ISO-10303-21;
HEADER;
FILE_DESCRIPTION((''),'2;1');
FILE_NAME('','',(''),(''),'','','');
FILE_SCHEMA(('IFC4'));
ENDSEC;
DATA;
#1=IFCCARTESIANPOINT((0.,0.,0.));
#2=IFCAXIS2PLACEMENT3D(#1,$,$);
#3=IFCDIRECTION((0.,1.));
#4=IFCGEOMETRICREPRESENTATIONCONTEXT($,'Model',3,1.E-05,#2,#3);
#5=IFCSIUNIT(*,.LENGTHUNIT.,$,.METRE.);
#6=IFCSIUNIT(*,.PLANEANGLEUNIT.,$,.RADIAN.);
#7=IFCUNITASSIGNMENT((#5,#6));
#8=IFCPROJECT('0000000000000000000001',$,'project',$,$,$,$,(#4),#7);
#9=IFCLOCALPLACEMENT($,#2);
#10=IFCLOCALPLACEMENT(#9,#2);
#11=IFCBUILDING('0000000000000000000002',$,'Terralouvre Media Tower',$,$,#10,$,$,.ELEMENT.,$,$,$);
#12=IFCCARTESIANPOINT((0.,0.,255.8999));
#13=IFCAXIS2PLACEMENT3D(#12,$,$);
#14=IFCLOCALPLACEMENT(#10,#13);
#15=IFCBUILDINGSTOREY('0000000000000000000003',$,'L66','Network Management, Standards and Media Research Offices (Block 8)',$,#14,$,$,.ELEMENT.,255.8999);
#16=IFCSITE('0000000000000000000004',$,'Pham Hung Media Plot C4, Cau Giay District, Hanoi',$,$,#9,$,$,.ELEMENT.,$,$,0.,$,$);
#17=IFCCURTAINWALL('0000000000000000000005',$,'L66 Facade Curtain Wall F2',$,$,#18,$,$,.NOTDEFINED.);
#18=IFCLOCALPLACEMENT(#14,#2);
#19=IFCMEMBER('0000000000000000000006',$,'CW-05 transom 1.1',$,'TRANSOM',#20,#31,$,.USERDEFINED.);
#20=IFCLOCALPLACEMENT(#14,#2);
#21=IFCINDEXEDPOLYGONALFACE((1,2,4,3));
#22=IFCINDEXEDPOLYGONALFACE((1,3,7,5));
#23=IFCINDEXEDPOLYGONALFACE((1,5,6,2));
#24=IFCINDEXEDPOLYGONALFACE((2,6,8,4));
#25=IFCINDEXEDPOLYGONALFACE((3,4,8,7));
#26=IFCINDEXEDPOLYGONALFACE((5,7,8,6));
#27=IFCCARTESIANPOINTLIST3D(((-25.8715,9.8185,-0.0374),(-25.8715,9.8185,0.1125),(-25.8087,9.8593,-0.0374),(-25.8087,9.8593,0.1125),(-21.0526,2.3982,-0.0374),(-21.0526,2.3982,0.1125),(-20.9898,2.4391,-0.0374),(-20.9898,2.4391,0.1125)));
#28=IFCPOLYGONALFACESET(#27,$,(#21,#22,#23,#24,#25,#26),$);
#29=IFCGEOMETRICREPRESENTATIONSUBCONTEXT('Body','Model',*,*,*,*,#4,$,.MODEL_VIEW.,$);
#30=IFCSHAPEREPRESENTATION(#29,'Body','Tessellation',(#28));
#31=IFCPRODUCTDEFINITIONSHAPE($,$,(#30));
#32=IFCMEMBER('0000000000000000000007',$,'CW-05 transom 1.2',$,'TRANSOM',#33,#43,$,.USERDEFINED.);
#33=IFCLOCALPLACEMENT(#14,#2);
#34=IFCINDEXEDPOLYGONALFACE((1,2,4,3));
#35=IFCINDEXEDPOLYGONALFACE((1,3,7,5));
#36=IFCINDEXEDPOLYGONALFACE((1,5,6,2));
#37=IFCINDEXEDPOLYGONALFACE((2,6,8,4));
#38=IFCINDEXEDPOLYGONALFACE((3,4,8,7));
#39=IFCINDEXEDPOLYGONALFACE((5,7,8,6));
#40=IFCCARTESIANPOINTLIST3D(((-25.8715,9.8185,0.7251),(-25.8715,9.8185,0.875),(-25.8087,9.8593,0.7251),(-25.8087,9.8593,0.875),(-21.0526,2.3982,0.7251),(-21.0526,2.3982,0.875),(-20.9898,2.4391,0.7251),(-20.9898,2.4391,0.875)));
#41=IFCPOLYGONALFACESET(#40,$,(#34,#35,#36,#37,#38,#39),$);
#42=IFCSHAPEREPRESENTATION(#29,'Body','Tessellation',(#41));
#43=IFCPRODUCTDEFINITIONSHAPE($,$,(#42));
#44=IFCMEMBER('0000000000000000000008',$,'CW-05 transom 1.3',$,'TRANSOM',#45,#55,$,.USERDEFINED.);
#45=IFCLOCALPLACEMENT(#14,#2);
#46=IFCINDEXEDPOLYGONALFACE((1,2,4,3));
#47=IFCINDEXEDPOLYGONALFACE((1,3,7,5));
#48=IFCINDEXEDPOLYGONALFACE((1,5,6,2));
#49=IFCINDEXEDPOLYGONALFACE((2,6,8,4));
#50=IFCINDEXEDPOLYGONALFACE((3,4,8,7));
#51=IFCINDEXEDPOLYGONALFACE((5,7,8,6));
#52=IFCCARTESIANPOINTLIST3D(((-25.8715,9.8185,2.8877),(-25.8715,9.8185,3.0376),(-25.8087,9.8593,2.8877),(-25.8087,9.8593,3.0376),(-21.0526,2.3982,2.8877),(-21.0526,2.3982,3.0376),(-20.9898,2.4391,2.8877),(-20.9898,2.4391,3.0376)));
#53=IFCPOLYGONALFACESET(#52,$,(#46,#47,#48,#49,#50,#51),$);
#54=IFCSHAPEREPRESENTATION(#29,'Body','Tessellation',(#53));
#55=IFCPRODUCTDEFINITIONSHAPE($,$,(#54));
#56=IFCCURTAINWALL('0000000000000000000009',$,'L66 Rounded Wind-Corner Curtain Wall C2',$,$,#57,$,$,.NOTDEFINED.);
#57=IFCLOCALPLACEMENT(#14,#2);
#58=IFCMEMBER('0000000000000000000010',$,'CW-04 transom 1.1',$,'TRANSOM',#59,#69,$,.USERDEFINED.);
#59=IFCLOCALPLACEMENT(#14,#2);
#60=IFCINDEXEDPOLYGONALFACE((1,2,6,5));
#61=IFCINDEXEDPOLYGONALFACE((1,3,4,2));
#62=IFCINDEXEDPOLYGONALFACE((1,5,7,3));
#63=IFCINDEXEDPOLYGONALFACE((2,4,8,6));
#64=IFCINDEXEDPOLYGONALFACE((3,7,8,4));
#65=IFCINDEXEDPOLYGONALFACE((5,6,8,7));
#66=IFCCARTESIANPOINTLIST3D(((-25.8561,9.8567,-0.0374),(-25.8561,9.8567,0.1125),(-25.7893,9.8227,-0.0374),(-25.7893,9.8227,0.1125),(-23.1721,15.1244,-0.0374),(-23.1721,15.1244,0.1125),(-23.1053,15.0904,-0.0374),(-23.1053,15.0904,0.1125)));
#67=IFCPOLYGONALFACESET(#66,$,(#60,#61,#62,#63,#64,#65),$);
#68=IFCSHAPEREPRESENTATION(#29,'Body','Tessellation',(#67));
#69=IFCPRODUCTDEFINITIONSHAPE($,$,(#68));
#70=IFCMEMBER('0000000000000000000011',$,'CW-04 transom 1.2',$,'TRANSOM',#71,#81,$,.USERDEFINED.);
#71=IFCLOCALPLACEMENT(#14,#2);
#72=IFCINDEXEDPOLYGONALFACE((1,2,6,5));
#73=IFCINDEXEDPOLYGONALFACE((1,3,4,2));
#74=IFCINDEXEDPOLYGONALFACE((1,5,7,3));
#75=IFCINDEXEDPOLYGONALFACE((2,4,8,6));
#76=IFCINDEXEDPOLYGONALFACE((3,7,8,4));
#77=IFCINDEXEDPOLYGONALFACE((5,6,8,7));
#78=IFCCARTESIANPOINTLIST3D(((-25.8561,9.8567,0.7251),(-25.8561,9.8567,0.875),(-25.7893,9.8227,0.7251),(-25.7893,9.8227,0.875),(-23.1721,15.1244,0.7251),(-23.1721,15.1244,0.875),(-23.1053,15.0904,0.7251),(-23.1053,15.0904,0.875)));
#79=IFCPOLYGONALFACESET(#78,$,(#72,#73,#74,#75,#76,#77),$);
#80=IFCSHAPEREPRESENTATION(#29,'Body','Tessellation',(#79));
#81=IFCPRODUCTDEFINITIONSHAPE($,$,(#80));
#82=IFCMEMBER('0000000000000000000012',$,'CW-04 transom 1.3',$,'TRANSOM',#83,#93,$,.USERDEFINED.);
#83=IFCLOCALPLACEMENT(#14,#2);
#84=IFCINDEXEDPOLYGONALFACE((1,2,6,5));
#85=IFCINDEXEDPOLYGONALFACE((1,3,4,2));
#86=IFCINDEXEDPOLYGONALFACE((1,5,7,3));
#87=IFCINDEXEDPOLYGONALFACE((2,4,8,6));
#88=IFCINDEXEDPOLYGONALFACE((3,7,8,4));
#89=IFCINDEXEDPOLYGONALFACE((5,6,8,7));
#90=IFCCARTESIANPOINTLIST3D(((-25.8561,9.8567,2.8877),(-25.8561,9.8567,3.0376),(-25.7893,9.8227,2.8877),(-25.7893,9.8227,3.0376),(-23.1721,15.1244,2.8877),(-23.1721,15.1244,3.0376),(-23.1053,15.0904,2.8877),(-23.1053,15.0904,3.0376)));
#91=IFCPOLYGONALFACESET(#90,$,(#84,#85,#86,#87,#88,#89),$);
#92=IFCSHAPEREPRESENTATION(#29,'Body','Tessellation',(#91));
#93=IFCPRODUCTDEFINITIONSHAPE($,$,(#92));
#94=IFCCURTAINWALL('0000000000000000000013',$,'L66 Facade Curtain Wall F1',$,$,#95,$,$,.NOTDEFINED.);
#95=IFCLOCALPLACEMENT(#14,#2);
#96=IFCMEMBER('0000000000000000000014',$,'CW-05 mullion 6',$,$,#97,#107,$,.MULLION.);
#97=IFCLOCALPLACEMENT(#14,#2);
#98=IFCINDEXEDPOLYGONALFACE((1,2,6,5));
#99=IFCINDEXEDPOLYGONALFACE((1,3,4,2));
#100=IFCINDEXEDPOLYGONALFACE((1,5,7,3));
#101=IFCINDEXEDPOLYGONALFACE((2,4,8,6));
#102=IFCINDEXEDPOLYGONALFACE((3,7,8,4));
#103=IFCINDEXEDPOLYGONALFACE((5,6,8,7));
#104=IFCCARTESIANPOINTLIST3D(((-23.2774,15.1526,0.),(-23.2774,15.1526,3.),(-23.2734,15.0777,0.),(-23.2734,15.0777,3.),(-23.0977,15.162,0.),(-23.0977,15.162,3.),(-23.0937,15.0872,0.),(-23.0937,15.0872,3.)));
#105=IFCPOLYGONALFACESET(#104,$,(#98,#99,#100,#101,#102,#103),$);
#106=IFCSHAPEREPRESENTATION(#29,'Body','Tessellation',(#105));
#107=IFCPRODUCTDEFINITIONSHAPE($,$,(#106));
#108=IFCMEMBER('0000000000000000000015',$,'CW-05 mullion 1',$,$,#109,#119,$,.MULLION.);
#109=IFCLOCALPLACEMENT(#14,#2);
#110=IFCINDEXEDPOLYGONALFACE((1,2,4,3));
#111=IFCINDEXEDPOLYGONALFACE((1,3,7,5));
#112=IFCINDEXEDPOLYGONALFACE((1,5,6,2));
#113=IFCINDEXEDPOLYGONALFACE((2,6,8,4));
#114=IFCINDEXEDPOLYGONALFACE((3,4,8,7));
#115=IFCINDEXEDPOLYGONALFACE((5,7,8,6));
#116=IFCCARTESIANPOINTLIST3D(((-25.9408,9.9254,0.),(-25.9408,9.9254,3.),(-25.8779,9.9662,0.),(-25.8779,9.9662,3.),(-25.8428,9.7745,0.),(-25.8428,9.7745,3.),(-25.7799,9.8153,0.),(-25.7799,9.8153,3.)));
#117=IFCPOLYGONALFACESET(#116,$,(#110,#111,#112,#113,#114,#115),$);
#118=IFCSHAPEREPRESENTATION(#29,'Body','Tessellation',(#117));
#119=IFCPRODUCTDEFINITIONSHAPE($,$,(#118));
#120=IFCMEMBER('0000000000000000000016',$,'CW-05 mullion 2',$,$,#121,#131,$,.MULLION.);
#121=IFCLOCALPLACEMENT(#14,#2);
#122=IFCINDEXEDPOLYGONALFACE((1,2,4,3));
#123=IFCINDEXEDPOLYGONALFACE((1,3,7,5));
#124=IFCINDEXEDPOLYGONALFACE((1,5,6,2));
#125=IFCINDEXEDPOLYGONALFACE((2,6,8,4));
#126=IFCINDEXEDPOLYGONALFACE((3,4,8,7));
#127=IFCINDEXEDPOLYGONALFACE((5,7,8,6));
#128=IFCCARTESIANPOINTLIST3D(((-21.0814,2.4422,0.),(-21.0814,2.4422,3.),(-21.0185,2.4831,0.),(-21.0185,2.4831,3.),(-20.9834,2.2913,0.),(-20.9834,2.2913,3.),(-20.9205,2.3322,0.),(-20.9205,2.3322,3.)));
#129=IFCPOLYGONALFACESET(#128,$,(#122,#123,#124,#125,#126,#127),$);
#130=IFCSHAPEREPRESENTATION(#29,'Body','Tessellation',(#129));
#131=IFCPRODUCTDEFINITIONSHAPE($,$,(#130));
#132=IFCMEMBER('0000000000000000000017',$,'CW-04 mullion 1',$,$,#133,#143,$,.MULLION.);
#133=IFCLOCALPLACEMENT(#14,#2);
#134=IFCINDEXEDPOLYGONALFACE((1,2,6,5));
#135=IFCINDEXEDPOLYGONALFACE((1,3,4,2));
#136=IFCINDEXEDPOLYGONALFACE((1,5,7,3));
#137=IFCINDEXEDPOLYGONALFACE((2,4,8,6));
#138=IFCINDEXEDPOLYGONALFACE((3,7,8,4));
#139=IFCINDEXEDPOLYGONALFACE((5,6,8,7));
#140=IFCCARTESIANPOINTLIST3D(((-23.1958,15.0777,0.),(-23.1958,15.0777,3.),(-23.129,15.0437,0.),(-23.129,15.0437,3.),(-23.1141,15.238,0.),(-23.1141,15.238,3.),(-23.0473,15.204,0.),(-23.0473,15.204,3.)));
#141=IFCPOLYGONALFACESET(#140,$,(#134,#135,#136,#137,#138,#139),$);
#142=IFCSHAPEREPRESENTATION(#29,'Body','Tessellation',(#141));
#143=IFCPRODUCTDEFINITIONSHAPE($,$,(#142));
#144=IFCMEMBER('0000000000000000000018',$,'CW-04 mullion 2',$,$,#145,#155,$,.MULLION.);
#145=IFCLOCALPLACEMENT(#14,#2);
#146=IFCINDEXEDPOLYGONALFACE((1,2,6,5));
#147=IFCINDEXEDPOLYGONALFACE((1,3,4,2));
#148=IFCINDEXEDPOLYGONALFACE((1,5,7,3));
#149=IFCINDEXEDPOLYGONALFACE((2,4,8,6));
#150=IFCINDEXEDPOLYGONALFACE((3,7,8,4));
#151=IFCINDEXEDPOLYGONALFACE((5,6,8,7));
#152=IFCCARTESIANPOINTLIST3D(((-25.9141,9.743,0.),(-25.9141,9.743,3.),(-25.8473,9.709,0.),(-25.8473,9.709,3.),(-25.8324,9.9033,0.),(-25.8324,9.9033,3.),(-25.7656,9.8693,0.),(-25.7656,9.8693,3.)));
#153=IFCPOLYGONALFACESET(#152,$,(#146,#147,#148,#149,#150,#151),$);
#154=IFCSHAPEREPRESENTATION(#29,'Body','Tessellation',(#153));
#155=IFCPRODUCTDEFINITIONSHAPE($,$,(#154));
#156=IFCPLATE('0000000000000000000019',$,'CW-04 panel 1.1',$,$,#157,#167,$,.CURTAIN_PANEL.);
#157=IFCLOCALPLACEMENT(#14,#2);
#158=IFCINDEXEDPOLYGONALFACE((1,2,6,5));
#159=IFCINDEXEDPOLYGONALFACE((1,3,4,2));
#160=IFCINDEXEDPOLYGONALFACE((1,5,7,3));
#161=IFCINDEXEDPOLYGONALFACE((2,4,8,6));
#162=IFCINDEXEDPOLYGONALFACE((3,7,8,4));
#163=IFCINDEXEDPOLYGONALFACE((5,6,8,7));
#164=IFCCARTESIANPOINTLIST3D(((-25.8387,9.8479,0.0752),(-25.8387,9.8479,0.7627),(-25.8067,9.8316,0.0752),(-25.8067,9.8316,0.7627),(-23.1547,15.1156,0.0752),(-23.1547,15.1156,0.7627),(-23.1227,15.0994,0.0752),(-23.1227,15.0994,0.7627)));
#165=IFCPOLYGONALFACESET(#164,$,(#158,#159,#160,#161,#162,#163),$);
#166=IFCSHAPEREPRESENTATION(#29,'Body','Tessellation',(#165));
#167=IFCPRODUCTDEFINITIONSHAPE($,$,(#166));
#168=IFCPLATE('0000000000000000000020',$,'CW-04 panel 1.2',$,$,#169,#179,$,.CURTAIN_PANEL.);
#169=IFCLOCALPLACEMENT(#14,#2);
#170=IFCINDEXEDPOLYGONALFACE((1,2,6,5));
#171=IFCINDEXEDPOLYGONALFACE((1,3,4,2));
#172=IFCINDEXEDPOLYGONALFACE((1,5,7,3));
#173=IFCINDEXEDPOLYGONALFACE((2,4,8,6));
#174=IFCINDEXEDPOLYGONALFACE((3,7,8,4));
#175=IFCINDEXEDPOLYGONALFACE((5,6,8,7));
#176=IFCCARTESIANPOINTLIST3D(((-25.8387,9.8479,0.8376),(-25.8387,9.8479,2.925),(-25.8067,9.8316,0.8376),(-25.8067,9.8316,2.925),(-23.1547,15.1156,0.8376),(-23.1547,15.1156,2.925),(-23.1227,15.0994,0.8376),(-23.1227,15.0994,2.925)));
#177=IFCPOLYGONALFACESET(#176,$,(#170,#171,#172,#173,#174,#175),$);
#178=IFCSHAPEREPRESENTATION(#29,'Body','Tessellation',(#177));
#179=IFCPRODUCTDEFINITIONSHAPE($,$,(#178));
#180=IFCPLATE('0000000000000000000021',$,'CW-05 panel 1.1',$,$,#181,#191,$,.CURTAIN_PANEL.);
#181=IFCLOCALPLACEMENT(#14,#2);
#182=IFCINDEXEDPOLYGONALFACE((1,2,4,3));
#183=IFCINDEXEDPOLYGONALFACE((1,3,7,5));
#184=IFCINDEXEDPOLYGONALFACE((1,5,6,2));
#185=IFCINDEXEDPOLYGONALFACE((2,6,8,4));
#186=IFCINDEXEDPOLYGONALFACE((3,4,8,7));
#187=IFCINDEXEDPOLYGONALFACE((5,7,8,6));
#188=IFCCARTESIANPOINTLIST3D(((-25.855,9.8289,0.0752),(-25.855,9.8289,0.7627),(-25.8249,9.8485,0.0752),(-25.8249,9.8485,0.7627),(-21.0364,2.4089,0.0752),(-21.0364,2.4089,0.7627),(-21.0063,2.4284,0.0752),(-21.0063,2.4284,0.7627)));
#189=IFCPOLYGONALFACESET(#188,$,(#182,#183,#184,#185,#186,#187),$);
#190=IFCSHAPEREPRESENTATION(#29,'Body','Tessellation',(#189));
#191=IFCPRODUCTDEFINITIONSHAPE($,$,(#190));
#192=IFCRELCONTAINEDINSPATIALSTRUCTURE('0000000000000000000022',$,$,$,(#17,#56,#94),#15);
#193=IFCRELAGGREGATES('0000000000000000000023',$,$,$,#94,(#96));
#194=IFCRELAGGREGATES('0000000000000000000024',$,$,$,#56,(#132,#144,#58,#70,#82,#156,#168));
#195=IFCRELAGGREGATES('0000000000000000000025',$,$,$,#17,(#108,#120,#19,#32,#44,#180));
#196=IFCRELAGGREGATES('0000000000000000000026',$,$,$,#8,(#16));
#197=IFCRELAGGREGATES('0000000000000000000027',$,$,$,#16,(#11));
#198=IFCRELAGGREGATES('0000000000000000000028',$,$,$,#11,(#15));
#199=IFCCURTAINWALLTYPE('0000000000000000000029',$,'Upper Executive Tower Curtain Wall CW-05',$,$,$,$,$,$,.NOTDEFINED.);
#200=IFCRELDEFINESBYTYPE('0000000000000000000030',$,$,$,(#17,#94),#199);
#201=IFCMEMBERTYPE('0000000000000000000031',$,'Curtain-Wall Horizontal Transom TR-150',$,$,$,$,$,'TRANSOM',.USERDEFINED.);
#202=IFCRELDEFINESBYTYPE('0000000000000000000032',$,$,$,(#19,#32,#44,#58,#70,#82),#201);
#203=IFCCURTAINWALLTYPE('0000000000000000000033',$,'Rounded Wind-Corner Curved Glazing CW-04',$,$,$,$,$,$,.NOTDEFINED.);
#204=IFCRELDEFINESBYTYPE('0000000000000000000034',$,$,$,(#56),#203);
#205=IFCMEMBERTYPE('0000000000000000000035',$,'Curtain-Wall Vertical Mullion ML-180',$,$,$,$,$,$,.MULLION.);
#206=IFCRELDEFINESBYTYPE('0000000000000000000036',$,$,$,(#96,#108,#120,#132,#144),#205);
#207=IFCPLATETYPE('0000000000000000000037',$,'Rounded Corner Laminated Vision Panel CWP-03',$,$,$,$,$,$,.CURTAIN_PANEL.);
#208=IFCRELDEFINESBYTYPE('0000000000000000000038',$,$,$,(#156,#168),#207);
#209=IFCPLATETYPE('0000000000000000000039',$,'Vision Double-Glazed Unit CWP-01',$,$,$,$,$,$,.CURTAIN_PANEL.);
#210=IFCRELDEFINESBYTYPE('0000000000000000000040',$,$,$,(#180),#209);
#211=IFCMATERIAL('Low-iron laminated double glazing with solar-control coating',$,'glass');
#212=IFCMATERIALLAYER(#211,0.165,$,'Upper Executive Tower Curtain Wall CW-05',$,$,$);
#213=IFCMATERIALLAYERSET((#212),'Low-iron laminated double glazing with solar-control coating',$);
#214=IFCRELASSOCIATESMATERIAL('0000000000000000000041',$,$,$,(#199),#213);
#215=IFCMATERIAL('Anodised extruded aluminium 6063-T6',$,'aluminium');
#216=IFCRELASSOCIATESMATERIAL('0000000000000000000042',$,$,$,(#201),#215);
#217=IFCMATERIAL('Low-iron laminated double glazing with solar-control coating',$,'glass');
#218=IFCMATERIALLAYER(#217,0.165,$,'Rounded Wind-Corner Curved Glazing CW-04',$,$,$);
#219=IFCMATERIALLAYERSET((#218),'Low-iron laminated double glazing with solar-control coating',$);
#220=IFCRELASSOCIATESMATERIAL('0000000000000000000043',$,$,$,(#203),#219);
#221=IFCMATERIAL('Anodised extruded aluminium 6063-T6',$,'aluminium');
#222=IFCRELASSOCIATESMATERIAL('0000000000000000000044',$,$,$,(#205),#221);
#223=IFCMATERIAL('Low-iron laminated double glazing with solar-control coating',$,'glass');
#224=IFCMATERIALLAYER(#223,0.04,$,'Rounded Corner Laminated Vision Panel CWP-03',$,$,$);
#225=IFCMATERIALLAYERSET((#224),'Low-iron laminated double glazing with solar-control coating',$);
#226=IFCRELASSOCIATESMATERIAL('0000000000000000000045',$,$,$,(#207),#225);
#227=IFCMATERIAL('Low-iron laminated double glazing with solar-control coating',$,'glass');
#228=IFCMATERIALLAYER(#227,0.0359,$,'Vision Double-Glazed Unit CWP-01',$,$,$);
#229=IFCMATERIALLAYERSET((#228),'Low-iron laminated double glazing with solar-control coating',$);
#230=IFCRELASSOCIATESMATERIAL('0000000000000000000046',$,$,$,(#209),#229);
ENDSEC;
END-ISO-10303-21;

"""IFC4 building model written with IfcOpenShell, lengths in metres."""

from ifc_helpers import new_model, si_unit, direction, frame, origin, origin_2d, place, context, subcontext, project, spatial, rectangle, extrude, material, layer, layer_set, material_profile, profile_set, type_object, element, aggregate, save


model = new_model("IFC4")

# Units and contexts
model_context = context("Model", 3, precision=1e-05, world=origin(), true_north=direction((0.0, 1.0)))
body_context = subcontext(model_context, "Body", "Model", "MODEL_VIEW")
ifc_project = project(units=[si_unit("LENGTHUNIT", "METRE"), si_unit("PLANEANGLEUNIT", "RADIAN")], contexts=[model_context])

# Site, building, storey
site_placement = place(None, origin())
site = spatial("IfcSite", under=ifc_project, at=site_placement, Name="Pham Hung Media Plot C4, Cau Giay District, Hanoi", CompositionType="ELEMENT", RefElevation=0.0)
building_placement = place(site_placement, origin())
building = spatial("IfcBuilding", under=site, at=building_placement, Name="Terralouvre Media Tower", CompositionType="ELEMENT")
storey_placement = place(building_placement, frame((0.0, 0.0, 255.8999)))
storey = spatial("IfcBuildingStorey", under=building, at=storey_placement, Name="L66", Description="Network Management, Standards and Media Research Offices (Block 8)", CompositionType="ELEMENT", Elevation=255.8999)

# Curtain walls, members
ifc_material_1 = material(Name="Low-iron laminated double glazing with solar-control coating", Category="glass")
ifc_layer_1 = layer(ifc_material_1, 0.165, Name="Upper Executive Tower Curtain Wall CW-05")
ifc_layer_set_1 = layer_set([ifc_layer_1], Name="Low-iron laminated double glazing with solar-control coating")
curtain_wall_type_1 = type_object("IfcCurtainWallType", Name="Upper Executive Tower Curtain Wall CW-05", PredefinedType="NOTDEFINED", material=ifc_layer_set_1)
curtain_wall_1_placement = place(storey_placement, origin())
curtain_wall_1 = element("IfcCurtainWall", 1, at=curtain_wall_1_placement, inside=storey, type_object=curtain_wall_type_1, Name="L66 Facade Curtain Wall F2", PredefinedType="NOTDEFINED")
ifc_material_2 = material(Name="Anodised extruded aluminium 6063-T6", Category="aluminium")
ifc_material_profile_1 = material_profile(ifc_material_2, rectangle(XDim=0.075, YDim=0.1499, at=origin_2d()), Name="ALU 75x150")
ifc_profile_set_1 = profile_set([ifc_material_profile_1], Name="Anodised extruded aluminium 6063-T6")
member_type_1 = type_object("IfcMemberType", Name="Curtain-Wall Horizontal Transom TR-150", ElementType="TRANSOM", PredefinedType="USERDEFINED", material=ifc_profile_set_1)
member_1_placement = place(storey_placement, frame((-25.8401, 9.8389, 0.0376), z_axis=(0.54465, -0.838664, 0.0), x_axis=(0.838664, 0.54465, 0.0)))
member_1 = element("IfcMember", 2, at=member_1_placement, type_object=member_type_1, Name="CW-05 transom 1.1", ObjectType="TRANSOM", PredefinedType="USERDEFINED", context=body_context, shape_type="SweptSolid", body=[
    extrude(rectangle(XDim=0.075, YDim=0.1499, at=origin_2d()), origin(), (0.0, 0.0, 1.0), 8.8477),
])
member_2_placement = place(storey_placement, frame((-25.8401, 9.8389, 0.8), z_axis=(0.54465, -0.838664, 0.0), x_axis=(0.838664, 0.54465, 0.0)))
member_2 = element("IfcMember", 3, at=member_2_placement, type_object=member_type_1, Name="CW-05 transom 1.2", ObjectType="TRANSOM", PredefinedType="USERDEFINED", context=body_context, shape_type="SweptSolid", body=[
    extrude(rectangle(XDim=0.075, YDim=0.1499, at=origin_2d()), origin(), (0.0, 0.0, 1.0), 8.8477),
])
member_3_placement = place(storey_placement, frame((-25.8401, 9.8389, 2.9626), z_axis=(0.54465, -0.838664, 0.0), x_axis=(0.838664, 0.54465, 0.0)))
member_3 = element("IfcMember", 4, at=member_3_placement, type_object=member_type_1, Name="CW-05 transom 1.3", ObjectType="TRANSOM", PredefinedType="USERDEFINED", context=body_context, shape_type="SweptSolid", body=[
    extrude(rectangle(XDim=0.075, YDim=0.1499, at=origin_2d()), origin(), (0.0, 0.0, 1.0), 8.8477),
])
ifc_material_3 = material(Name="Low-iron laminated double glazing with solar-control coating", Category="glass")
ifc_layer_2 = layer(ifc_material_3, 0.165, Name="Rounded Wind-Corner Curved Glazing CW-04")
ifc_layer_set_2 = layer_set([ifc_layer_2], Name="Low-iron laminated double glazing with solar-control coating")
curtain_wall_type_2 = type_object("IfcCurtainWallType", Name="Rounded Wind-Corner Curved Glazing CW-04", PredefinedType="NOTDEFINED", material=ifc_layer_set_2)
curtain_wall_2_placement = place(storey_placement, origin())
curtain_wall_2 = element("IfcCurtainWall", 5, at=curtain_wall_2_placement, inside=storey, type_object=curtain_wall_type_2, Name="L66 Rounded Wind-Corner Curtain Wall C2", PredefinedType="NOTDEFINED")
member_4_placement = place(storey_placement, frame((-23.1387, 15.1074, 0.0376), z_axis=(-0.453989, -0.891007, 0.0), x_axis=(0.891007, -0.453989, 0.0)))
member_4 = element("IfcMember", 6, at=member_4_placement, type_object=member_type_1, Name="CW-04 transom 1.1", ObjectType="TRANSOM", PredefinedType="USERDEFINED", context=body_context, shape_type="SweptSolid", body=[
    extrude(rectangle(XDim=0.075, YDim=0.1499, at=origin_2d()), origin(), (0.0, 0.0, 1.0), 5.9121),
])
member_5_placement = place(storey_placement, frame((-23.1387, 15.1074, 0.8), z_axis=(-0.453989, -0.891007, 0.0), x_axis=(0.891007, -0.453989, 0.0)))
member_5 = element("IfcMember", 7, at=member_5_placement, type_object=member_type_1, Name="CW-04 transom 1.2", ObjectType="TRANSOM", PredefinedType="USERDEFINED", context=body_context, shape_type="SweptSolid", body=[
    extrude(rectangle(XDim=0.075, YDim=0.1499, at=origin_2d()), origin(), (0.0, 0.0, 1.0), 5.9121),
])
member_6_placement = place(storey_placement, frame((-23.1387, 15.1074, 2.9626), z_axis=(-0.453989, -0.891007, 0.0), x_axis=(0.891007, -0.453989, 0.0)))
member_6 = element("IfcMember", 8, at=member_6_placement, type_object=member_type_1, Name="CW-04 transom 1.3", ObjectType="TRANSOM", PredefinedType="USERDEFINED", context=body_context, shape_type="SweptSolid", body=[
    extrude(rectangle(XDim=0.075, YDim=0.1499, at=origin_2d()), origin(), (0.0, 0.0, 1.0), 5.9121),
])

# Curtain wall, member
curtain_wall_3_placement = place(storey_placement, origin())
curtain_wall_3 = element("IfcCurtainWall", 9, at=curtain_wall_3_placement, inside=storey, type_object=curtain_wall_type_1, Name="L66 Facade Curtain Wall F1", PredefinedType="NOTDEFINED")
ifc_material_4 = material(Name="Anodised extruded aluminium 6063-T6", Category="aluminium")
ifc_material_profile_2 = material_profile(ifc_material_4, rectangle(XDim=0.075, YDim=0.1799, at=origin_2d()), Name="ALU 75x180")
ifc_profile_set_2 = profile_set([ifc_material_profile_2], Name="Anodised extruded aluminium 6063-T6")
member_type_2 = type_object("IfcMemberType", Name="Curtain-Wall Vertical Mullion ML-180", PredefinedType="MULLION", material=ifc_profile_set_2)
member_7_placement = place(storey_placement, frame((-23.1855, 15.1199, 0.0), z_axis=(0.0, 0.0, 1.0), x_axis=(0.052336, -0.99863, 0.0)))
member_7 = element("IfcMember", 10, at=member_7_placement, type_object=member_type_2, Name="CW-05 mullion 6", PredefinedType="MULLION", context=body_context, shape_type="SweptSolid", body=[
    extrude(rectangle(XDim=0.075, YDim=0.1799, at=origin_2d()), origin(), (0.0, 0.0, 1.0), 3.0),
])
aggregate(curtain_wall_3, [member_7])

# Members
member_8_placement = place(storey_placement, frame((-25.8604, 9.8704, 0.0), z_axis=(0.0, 0.0, 1.0), x_axis=(0.838671, 0.544639, 0.0)))
member_8 = element("IfcMember", 11, at=member_8_placement, type_object=member_type_2, Name="CW-05 mullion 1", PredefinedType="MULLION", context=body_context, shape_type="SweptSolid", body=[
    extrude(rectangle(XDim=0.075, YDim=0.1799, at=origin_2d()), origin(), (0.0, 0.0, 1.0), 3.0),
])
member_9_placement = place(storey_placement, frame((-21.001, 2.3872, 0.0), z_axis=(0.0, 0.0, 1.0), x_axis=(0.838671, 0.544639, 0.0)))
member_9 = element("IfcMember", 12, at=member_9_placement, type_object=member_type_2, Name="CW-05 mullion 2", PredefinedType="MULLION", context=body_context, shape_type="SweptSolid", body=[
    extrude(rectangle(XDim=0.075, YDim=0.1799, at=origin_2d()), origin(), (0.0, 0.0, 1.0), 3.0),
])
member_10_placement = place(storey_placement, frame((-23.1216, 15.1409, 0.0), z_axis=(0.0, 0.0, 1.0), x_axis=(0.891007, -0.45399, 0.0)))
member_10 = element("IfcMember", 13, at=member_10_placement, type_object=member_type_2, Name="CW-04 mullion 1", PredefinedType="MULLION", context=body_context, shape_type="SweptSolid", body=[
    extrude(rectangle(XDim=0.075, YDim=0.1799, at=origin_2d()), origin(), (0.0, 0.0, 1.0), 3.0),
])
member_11_placement = place(storey_placement, frame((-25.8398, 9.8062, 0.0), z_axis=(0.0, 0.0, 1.0), x_axis=(0.891007, -0.45399, 0.0)))
member_11 = element("IfcMember", 14, at=member_11_placement, type_object=member_type_2, Name="CW-04 mullion 2", PredefinedType="MULLION", context=body_context, shape_type="SweptSolid", body=[
    extrude(rectangle(XDim=0.075, YDim=0.1799, at=origin_2d()), origin(), (0.0, 0.0, 1.0), 3.0),
])

# Plates
ifc_material_5 = material(Name="Low-iron laminated double glazing with solar-control coating", Category="glass")
ifc_layer_3 = layer(ifc_material_5, 0.04, Name="Rounded Corner Laminated Vision Panel CWP-03")
ifc_layer_set_3 = layer_set([ifc_layer_3], Name="Low-iron laminated double glazing with solar-control coating")
plate_type_1 = type_object("IfcPlateType", Name="Rounded Corner Laminated Vision Panel CWP-03", PredefinedType="CURTAIN_PANEL", material=ifc_layer_set_3)
plate_1_placement = place(storey_placement, frame((-24.4807, 12.4736, 0.0752), z_axis=(0.0, 0.0, 1.0), x_axis=(-0.45399, -0.891007, 0.0)))
plate_1 = element("IfcPlate", 15, at=plate_1_placement, type_object=plate_type_1, Name="CW-04 panel 1.1", PredefinedType="CURTAIN_PANEL", context=body_context, shape_type="SweptSolid", body=[
    extrude(rectangle(XDim=5.9121, YDim=0.0359, at=origin_2d()), origin(), (0.0, 0.0, 1.0), 0.6875),
])
plate_2_placement = place(storey_placement, frame((-24.4807, 12.4736, 0.8376), z_axis=(0.0, 0.0, 1.0), x_axis=(-0.45399, -0.891007, 0.0)))
plate_2 = element("IfcPlate", 16, at=plate_2_placement, type_object=plate_type_1, Name="CW-04 panel 1.2", PredefinedType="CURTAIN_PANEL", context=body_context, shape_type="SweptSolid", body=[
    extrude(rectangle(XDim=5.9121, YDim=0.0359, at=origin_2d()), origin(), (0.0, 0.0, 1.0), 2.0874),
])
aggregate(curtain_wall_2, [member_10, member_11, member_4, member_5, member_6, plate_1, plate_2])
ifc_material_6 = material(Name="Low-iron laminated double glazing with solar-control coating", Category="glass")
ifc_layer_4 = layer(ifc_material_6, 0.0359, Name="Vision Double-Glazed Unit CWP-01")
ifc_layer_set_4 = layer_set([ifc_layer_4], Name="Low-iron laminated double glazing with solar-control coating")
plate_type_2 = type_object("IfcPlateType", Name="Vision Double-Glazed Unit CWP-01", PredefinedType="CURTAIN_PANEL", material=ifc_layer_set_4)
plate_3_placement = place(storey_placement, frame((-23.4307, 6.1287, 0.0752), z_axis=(0.0, 0.0, 1.0), x_axis=(0.544639, -0.838671, 0.0)))
plate_3 = element("IfcPlate", 17, at=plate_3_placement, type_object=plate_type_2, Name="CW-05 panel 1.1", PredefinedType="CURTAIN_PANEL", context=body_context, shape_type="SweptSolid", body=[
    extrude(rectangle(XDim=8.8474, YDim=0.0359, at=origin_2d()), origin(), (0.0, 0.0, 1.0), 0.6875),
])
aggregate(curtain_wall_1, [member_8, member_9, member_1, member_2, member_3, plate_3])

save(model, "model.ifc")
